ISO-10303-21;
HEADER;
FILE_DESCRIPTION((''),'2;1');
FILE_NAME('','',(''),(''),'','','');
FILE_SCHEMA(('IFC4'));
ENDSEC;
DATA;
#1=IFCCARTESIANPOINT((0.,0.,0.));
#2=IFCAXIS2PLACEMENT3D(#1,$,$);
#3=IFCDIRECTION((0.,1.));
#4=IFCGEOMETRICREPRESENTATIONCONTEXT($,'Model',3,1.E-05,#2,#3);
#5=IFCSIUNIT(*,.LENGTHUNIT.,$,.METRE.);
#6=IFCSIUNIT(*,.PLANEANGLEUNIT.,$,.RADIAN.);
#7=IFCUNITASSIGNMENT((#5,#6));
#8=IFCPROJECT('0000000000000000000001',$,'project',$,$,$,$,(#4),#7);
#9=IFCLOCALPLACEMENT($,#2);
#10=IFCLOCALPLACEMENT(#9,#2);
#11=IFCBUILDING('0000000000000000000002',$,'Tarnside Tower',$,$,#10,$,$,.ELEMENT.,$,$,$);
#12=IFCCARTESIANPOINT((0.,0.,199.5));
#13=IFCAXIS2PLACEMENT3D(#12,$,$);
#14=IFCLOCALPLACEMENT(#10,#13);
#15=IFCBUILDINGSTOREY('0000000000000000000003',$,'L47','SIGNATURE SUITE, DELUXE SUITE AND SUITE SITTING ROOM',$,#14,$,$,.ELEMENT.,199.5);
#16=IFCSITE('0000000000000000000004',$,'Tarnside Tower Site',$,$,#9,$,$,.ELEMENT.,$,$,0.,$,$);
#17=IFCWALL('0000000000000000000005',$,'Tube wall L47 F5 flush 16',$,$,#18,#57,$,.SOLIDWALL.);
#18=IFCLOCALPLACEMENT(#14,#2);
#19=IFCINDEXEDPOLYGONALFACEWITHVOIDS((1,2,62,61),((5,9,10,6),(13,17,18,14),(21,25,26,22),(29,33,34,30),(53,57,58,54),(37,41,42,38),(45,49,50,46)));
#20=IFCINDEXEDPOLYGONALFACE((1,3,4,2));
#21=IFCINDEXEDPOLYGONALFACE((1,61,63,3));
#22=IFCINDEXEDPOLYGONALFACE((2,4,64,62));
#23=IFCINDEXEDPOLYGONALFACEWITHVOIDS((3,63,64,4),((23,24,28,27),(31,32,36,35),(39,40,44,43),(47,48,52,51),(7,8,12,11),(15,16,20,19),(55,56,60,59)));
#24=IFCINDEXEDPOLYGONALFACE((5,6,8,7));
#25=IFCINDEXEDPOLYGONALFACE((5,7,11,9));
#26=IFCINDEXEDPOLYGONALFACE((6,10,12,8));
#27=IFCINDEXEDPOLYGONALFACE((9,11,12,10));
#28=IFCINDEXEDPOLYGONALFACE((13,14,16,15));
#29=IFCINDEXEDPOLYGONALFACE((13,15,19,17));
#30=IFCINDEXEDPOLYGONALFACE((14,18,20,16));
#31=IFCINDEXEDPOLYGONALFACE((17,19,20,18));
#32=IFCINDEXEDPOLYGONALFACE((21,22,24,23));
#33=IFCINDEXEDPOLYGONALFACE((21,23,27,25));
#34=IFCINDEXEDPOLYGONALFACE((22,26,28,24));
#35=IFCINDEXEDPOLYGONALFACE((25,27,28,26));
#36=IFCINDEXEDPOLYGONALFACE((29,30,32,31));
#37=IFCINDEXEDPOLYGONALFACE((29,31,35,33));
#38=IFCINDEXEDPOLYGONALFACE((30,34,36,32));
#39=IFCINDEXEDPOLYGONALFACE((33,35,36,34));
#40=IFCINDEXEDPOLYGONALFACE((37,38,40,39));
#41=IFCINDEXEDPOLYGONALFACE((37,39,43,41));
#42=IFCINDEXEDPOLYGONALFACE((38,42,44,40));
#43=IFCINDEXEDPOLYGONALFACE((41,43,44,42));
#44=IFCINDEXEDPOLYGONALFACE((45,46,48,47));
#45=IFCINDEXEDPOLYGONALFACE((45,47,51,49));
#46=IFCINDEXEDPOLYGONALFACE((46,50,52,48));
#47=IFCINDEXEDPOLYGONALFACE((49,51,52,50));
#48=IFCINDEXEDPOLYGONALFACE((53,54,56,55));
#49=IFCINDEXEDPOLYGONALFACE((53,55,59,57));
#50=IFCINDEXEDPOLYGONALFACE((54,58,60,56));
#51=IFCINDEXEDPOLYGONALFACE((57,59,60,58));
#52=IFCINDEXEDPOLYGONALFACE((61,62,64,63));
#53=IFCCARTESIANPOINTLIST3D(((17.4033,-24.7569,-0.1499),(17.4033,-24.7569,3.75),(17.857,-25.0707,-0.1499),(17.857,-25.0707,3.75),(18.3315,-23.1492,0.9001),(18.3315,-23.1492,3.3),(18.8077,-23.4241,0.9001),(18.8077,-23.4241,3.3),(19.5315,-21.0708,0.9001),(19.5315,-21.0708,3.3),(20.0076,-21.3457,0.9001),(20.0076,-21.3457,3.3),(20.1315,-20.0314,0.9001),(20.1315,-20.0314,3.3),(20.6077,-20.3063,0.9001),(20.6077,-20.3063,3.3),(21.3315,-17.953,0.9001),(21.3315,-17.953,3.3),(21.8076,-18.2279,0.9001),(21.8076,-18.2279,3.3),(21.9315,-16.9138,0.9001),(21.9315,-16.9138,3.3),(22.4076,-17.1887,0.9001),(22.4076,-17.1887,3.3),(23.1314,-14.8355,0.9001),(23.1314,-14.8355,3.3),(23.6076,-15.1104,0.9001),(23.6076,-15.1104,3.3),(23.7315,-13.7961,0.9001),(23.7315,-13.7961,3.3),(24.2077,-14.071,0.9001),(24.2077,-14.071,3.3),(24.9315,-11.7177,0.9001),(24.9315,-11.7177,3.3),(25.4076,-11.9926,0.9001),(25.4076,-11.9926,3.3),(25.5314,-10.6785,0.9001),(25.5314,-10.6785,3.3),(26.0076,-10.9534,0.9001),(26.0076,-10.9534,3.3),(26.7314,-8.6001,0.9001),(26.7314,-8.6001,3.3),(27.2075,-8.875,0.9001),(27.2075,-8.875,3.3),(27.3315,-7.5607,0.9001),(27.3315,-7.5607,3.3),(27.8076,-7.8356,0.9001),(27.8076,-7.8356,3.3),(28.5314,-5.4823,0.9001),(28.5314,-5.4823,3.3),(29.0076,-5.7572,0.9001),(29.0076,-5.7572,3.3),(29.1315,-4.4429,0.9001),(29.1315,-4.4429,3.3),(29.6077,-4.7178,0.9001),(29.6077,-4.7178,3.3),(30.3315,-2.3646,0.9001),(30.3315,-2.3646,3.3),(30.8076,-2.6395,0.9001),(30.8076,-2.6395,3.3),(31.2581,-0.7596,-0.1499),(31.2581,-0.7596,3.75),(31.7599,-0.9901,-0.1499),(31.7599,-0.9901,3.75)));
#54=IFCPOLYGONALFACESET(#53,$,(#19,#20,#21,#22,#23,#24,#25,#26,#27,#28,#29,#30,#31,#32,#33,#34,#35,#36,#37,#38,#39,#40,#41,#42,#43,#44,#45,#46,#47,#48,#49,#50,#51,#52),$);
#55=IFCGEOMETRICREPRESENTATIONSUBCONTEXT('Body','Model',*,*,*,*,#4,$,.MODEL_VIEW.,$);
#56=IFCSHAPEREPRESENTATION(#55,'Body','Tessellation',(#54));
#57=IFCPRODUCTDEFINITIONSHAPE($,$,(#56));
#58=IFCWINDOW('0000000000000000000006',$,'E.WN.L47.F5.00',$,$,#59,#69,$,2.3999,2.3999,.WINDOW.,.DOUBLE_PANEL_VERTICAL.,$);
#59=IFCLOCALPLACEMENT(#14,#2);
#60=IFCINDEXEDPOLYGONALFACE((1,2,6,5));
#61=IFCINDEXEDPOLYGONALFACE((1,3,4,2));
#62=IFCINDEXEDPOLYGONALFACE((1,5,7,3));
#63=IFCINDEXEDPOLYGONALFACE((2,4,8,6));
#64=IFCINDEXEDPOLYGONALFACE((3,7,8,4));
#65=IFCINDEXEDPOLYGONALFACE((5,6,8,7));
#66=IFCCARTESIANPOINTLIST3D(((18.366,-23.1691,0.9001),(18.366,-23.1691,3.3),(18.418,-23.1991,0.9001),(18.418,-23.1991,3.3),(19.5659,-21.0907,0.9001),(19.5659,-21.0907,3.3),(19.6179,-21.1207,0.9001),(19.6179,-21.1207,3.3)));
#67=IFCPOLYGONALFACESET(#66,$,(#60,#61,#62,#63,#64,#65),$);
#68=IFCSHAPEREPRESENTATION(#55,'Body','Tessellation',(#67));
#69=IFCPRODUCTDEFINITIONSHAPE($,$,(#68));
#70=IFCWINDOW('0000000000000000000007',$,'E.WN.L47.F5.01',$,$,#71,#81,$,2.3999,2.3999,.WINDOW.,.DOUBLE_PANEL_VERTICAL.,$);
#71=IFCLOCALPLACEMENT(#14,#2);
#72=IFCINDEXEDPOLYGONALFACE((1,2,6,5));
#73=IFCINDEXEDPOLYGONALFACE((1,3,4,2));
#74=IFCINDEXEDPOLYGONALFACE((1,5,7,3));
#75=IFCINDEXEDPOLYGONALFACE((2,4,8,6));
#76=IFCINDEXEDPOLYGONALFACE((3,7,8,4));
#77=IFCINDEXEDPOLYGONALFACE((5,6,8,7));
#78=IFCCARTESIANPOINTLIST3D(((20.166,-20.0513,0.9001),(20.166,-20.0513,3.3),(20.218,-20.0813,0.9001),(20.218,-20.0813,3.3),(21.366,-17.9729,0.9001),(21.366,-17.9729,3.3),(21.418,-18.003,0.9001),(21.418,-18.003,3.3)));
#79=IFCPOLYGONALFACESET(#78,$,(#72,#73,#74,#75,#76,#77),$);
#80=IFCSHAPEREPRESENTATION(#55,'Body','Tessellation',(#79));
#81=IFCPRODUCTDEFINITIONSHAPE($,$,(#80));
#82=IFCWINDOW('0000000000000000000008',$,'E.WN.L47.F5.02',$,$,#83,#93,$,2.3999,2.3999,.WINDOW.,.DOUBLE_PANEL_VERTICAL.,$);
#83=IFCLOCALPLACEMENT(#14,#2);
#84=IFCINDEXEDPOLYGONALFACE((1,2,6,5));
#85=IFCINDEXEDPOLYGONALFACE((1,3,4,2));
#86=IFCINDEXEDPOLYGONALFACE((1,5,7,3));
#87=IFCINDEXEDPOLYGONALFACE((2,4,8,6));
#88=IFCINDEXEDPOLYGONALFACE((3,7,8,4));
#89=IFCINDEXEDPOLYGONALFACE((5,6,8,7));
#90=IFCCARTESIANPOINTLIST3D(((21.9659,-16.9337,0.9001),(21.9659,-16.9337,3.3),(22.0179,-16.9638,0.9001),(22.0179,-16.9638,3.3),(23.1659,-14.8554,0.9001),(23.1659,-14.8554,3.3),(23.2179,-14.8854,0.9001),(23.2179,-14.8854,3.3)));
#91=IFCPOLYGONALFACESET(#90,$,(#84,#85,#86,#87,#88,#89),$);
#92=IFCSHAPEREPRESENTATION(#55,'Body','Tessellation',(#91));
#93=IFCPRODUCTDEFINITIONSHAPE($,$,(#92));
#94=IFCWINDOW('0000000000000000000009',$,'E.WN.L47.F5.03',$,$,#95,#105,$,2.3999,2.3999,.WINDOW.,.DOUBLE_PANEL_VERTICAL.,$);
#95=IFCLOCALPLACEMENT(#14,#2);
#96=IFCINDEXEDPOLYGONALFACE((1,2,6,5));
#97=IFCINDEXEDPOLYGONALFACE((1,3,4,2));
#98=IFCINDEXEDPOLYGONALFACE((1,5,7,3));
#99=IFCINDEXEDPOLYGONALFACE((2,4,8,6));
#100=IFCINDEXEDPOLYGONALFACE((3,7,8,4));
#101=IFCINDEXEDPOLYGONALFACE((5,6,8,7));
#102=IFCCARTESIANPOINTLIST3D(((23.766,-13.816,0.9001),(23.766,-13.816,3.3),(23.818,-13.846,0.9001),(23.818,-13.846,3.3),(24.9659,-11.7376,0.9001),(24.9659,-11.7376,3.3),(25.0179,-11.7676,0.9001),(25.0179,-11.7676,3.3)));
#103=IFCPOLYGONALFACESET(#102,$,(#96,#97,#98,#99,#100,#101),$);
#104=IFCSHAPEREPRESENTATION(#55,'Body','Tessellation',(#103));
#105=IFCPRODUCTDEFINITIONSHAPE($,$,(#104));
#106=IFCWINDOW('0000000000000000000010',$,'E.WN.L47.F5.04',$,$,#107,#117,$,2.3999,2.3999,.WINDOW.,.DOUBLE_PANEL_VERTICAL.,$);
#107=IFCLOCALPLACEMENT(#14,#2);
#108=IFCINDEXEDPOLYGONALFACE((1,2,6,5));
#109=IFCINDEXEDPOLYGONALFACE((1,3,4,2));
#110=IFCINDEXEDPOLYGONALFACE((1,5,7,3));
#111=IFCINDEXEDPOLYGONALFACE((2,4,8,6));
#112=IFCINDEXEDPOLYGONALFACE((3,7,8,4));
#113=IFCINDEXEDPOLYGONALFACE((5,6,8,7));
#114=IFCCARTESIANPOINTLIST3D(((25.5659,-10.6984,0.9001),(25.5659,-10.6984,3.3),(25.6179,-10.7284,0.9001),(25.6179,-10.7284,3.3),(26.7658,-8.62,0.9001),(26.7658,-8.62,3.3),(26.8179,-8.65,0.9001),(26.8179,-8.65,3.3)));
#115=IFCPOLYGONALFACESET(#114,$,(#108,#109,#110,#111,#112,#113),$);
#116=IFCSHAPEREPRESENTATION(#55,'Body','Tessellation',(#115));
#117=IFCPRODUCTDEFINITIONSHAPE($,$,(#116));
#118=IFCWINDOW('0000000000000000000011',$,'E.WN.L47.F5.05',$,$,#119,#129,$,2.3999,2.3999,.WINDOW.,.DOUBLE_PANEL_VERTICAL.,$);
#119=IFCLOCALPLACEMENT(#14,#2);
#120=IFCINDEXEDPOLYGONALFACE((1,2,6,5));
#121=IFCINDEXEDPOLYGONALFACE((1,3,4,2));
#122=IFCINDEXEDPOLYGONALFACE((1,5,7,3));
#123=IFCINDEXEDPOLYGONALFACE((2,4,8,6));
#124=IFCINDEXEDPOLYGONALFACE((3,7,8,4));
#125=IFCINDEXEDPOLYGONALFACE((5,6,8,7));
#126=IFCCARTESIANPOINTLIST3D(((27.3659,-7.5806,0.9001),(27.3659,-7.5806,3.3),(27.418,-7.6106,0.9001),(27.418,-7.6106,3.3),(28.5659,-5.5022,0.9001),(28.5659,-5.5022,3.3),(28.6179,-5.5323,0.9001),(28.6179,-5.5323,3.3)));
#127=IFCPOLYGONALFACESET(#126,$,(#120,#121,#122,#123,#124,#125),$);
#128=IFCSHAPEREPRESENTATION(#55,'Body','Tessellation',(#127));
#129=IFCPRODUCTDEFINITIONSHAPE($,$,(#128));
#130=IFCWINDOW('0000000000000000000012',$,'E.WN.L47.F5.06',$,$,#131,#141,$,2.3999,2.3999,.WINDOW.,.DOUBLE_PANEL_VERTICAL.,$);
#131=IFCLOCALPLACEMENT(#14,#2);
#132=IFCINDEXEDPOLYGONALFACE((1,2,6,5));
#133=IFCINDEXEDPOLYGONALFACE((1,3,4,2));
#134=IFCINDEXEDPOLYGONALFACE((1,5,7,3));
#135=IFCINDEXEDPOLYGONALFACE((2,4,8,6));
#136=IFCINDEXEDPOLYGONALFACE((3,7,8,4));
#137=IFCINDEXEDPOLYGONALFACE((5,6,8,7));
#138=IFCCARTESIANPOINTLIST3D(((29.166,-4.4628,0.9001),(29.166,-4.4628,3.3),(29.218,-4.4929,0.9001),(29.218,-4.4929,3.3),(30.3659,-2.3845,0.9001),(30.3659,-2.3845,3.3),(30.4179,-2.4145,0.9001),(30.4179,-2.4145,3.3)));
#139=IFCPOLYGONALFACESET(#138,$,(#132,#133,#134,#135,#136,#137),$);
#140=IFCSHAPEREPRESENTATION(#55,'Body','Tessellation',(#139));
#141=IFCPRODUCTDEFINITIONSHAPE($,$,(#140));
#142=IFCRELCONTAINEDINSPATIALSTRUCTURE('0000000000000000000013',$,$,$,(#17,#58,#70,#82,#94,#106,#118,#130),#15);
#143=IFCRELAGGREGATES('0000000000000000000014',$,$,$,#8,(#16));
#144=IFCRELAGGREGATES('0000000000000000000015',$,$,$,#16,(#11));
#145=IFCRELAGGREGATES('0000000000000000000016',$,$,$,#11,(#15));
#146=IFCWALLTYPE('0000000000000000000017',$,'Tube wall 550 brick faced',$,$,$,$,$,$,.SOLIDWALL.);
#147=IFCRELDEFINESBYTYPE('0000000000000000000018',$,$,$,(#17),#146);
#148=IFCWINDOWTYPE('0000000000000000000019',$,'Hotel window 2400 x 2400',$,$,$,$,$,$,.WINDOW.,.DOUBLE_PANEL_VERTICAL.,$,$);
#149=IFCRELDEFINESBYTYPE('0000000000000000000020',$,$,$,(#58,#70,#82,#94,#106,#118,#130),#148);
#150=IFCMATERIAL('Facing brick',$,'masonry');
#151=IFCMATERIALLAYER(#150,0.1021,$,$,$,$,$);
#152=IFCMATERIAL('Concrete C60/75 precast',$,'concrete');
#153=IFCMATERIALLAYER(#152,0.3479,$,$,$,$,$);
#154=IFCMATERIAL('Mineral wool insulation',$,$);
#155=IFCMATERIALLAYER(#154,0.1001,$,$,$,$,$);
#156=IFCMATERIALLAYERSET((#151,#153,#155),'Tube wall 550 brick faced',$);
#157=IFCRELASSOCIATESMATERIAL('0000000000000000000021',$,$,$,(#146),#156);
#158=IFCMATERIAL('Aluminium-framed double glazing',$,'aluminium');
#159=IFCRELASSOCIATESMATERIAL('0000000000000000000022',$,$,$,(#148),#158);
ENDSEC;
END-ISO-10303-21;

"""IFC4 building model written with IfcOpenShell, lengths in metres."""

from ifc_helpers import new_model, si_unit, direction, frame, frame_2d, origin, place, context, subcontext, project, spatial, polyline, rectangle, outline, extrude, material, layer, layer_set, type_object, element, fill, save


model = new_model("IFC4")

# Units and contexts
model_context = context("Model", 3, precision=1e-05, world=origin(), true_north=direction((0.0, 1.0)))
body_context = subcontext(model_context, "Body", "Model", "MODEL_VIEW")
ifc_project = project(units=[si_unit("LENGTHUNIT", "METRE"), si_unit("PLANEANGLEUNIT", "RADIAN")], contexts=[model_context])

# Site, building, storey
site_placement = place(None, origin())
site = spatial("IfcSite", under=ifc_project, at=site_placement, Name="Tarnside Tower Site", CompositionType="ELEMENT", RefElevation=0.0)
building_placement = place(site_placement, origin())
building = spatial("IfcBuilding", under=site, at=building_placement, Name="Tarnside Tower", CompositionType="ELEMENT")
storey_placement = place(building_placement, frame((0.0, 0.0, 199.5)))
storey = spatial("IfcBuildingStorey", under=building, at=storey_placement, Name="L47", Description="SIGNATURE SUITE, DELUXE SUITE AND SUITE SITTING ROOM", CompositionType="ELEMENT", Elevation=199.5)

# Shared definitions
ifc_material_1 = material(Name="Facing brick", Category="masonry")
ifc_layer_1 = layer(ifc_material_1, 0.1021)
ifc_material_2 = material(Name="Concrete C60/75 precast", Category="concrete")
ifc_layer_2 = layer(ifc_material_2, 0.3479)
ifc_material_3 = material(Name="Mineral wool insulation")
ifc_layer_3 = layer(ifc_material_3, 0.1001)
ifc_layer_set_1 = layer_set([ifc_layer_1, ifc_layer_2, ifc_layer_3], Name="Tube wall 550 brick faced")
wall_type_1 = type_object("IfcWallType", Name="Tube wall 550 brick faced", PredefinedType="SOLIDWALL", material=ifc_layer_set_1)

# Wall, openings, windows
wall_1_placement = place(storey_placement, frame((17.6301, -24.9138, -0.1499), z_axis=(0.0, 0.0, 1.0), x_axis=(0.499999, 0.866026, 0.0)))
wall_1 = element("IfcWall", 1, at=wall_1_placement, inside=storey, type_object=wall_type_1, Name="Tube wall L47 F5 flush 16", PredefinedType="SOLIDWALL", context=body_context, shape_type="SweptSolid", body=[
    extrude(outline(polyline([(-0.0225, -0.2749), (27.7834, -0.2749), (27.7322, 0.2749), (0.0225, 0.2749), (-0.0225, -0.2749)])), origin(), (0.0, 0.0, 1.0), 3.8999),
])
opening_1_placement = place(wall_1_placement, frame((1.8789, 0.0, 1.05)))
opening_1 = element("IfcOpeningElement", 2, at=opening_1_placement, cuts=wall_1, PredefinedType="OPENING", context=body_context, shape_type="SweptSolid", body=[
    extrude(rectangle(XDim=2.3999, YDim=2.3999, at=frame_2d((1.2, 1.2))), frame((0.0, 0.2852, 0.0), z_axis=(0.0, -1.0, 0.0), x_axis=(1.0, 0.0, 0.0)), (0.0, 0.0, 1.0), 0.5701),
])
opening_2_placement = place(wall_1_placement, frame((5.479, 0.0, 1.05)))
opening_2 = element("IfcOpeningElement", 3, at=opening_2_placement, cuts=wall_1, PredefinedType="OPENING", context=body_context, shape_type="SweptSolid", body=[
    extrude(rectangle(XDim=2.3999, YDim=2.3999, at=frame_2d((1.2, 1.2))), frame((0.0, 0.2852, 0.0), z_axis=(0.0, -1.0, 0.0), x_axis=(1.0, 0.0, 0.0)), (0.0, 0.0, 1.0), 0.5701),
])
opening_3_placement = place(wall_1_placement, frame((9.0789, 0.0, 1.05)))
opening_3 = element("IfcOpeningElement", 4, at=opening_3_placement, cuts=wall_1, PredefinedType="OPENING", context=body_context, shape_type="SweptSolid", body=[
    extrude(rectangle(XDim=2.3999, YDim=2.3999, at=frame_2d((1.2, 1.2))), frame((0.0, 0.2852, 0.0), z_axis=(0.0, -1.0, 0.0), x_axis=(1.0, 0.0, 0.0)), (0.0, 0.0, 1.0), 0.5701),
])
opening_4_placement = place(wall_1_placement, frame((12.679, 0.0, 1.05)))
opening_4 = element("IfcOpeningElement", 5, at=opening_4_placement, cuts=wall_1, PredefinedType="OPENING", context=body_context, shape_type="SweptSolid", body=[
    extrude(rectangle(XDim=2.3999, YDim=2.3999, at=frame_2d((1.2, 1.2))), frame((0.0, 0.2852, 0.0), z_axis=(0.0, -1.0, 0.0), x_axis=(1.0, 0.0, 0.0)), (0.0, 0.0, 1.0), 0.5701),
])
opening_5_placement = place(wall_1_placement, frame((16.2788, 0.0, 1.05)))
opening_5 = element("IfcOpeningElement", 6, at=opening_5_placement, cuts=wall_1, PredefinedType="OPENING", context=body_context, shape_type="SweptSolid", body=[
    extrude(rectangle(XDim=2.3999, YDim=2.3999, at=frame_2d((1.2, 1.2))), frame((0.0, 0.2852, 0.0), z_axis=(0.0, -1.0, 0.0), x_axis=(1.0, 0.0, 0.0)), (0.0, 0.0, 1.0), 0.5701),
])
opening_6_placement = place(wall_1_placement, frame((19.8789, 0.0, 1.05)))
opening_6 = element("IfcOpeningElement", 7, at=opening_6_placement, cuts=wall_1, PredefinedType="OPENING", context=body_context, shape_type="SweptSolid", body=[
    extrude(rectangle(XDim=2.3999, YDim=2.3999, at=frame_2d((1.2, 1.2))), frame((0.0, 0.2852, 0.0), z_axis=(0.0, -1.0, 0.0), x_axis=(1.0, 0.0, 0.0)), (0.0, 0.0, 1.0), 0.5701),
])
opening_7_placement = place(wall_1_placement, frame((23.479, 0.0, 1.05)))
opening_7 = element("IfcOpeningElement", 8, at=opening_7_placement, cuts=wall_1, PredefinedType="OPENING", context=body_context, shape_type="SweptSolid", body=[
    extrude(rectangle(XDim=2.3999, YDim=2.3999, at=frame_2d((1.2, 1.2))), frame((0.0, 0.2852, 0.0), z_axis=(0.0, -1.0, 0.0), x_axis=(1.0, 0.0, 0.0)), (0.0, 0.0, 1.0), 0.5701),
])
ifc_material_4 = material(Name="Aluminium-framed double glazing", Category="aluminium")
window_type = type_object("IfcWindowType", Name="Hotel window 2400 x 2400", PartitioningType="DOUBLE_PANEL_VERTICAL", PredefinedType="WINDOW", material=ifc_material_4)
window_1_placement = place(opening_1_placement, frame((0.0, 0.2051, 0.0)))
window_1 = element("IfcWindow", 9, at=window_1_placement, inside=storey, type_object=window_type, Name="E.WN.L47.F5.00", OverallHeight=2.3999, OverallWidth=2.3999, PartitioningType="DOUBLE_PANEL_VERTICAL", PredefinedType="WINDOW", context=body_context, shape_type="SweptSolid", body=[
    extrude(rectangle(XDim=2.3999, YDim=2.3999, at=frame_2d((1.2, 1.2))), frame((0.0, 0.03, 0.0), z_axis=(0.0, -1.0, 0.0), x_axis=(1.0, 0.0, 0.0)), (0.0, 0.0, 1.0), 0.0601),
])
fill(opening_1, window_1)
window_2_placement = place(opening_2_placement, frame((0.0, 0.2051, 0.0)))
window_2 = element("IfcWindow", 10, at=window_2_placement, inside=storey, type_object=window_type, Name="E.WN.L47.F5.01", OverallHeight=2.3999, OverallWidth=2.3999, PartitioningType="DOUBLE_PANEL_VERTICAL", PredefinedType="WINDOW", context=body_context, shape_type="SweptSolid", body=[
    extrude(rectangle(XDim=2.3999, YDim=2.3999, at=frame_2d((1.2, 1.2))), frame((0.0, 0.03, 0.0), z_axis=(0.0, -1.0, 0.0), x_axis=(1.0, 0.0, 0.0)), (0.0, 0.0, 1.0), 0.0601),
])
fill(opening_2, window_2)
window_3_placement = place(opening_3_placement, frame((0.0, 0.2051, 0.0)))
window_3 = element("IfcWindow", 11, at=window_3_placement, inside=storey, type_object=window_type, Name="E.WN.L47.F5.02", OverallHeight=2.3999, OverallWidth=2.3999, PartitioningType="DOUBLE_PANEL_VERTICAL", PredefinedType="WINDOW", context=body_context, shape_type="SweptSolid", body=[
    extrude(rectangle(XDim=2.3999, YDim=2.3999, at=frame_2d((1.2, 1.2))), frame((0.0, 0.03, 0.0), z_axis=(0.0, -1.0, 0.0), x_axis=(1.0, 0.0, 0.0)), (0.0, 0.0, 1.0), 0.0601),
])
fill(opening_3, window_3)
window_4_placement = place(opening_4_placement, frame((0.0, 0.2051, 0.0)))
window_4 = element("IfcWindow", 12, at=window_4_placement, inside=storey, type_object=window_type, Name="E.WN.L47.F5.03", OverallHeight=2.3999, OverallWidth=2.3999, PartitioningType="DOUBLE_PANEL_VERTICAL", PredefinedType="WINDOW", context=body_context, shape_type="SweptSolid", body=[
    extrude(rectangle(XDim=2.3999, YDim=2.3999, at=frame_2d((1.2, 1.2))), frame((0.0, 0.03, 0.0), z_axis=(0.0, -1.0, 0.0), x_axis=(1.0, 0.0, 0.0)), (0.0, 0.0, 1.0), 0.0601),
])
fill(opening_4, window_4)
window_5_placement = place(opening_5_placement, frame((0.0, 0.2051, 0.0)))
window_5 = element("IfcWindow", 13, at=window_5_placement, inside=storey, type_object=window_type, Name="E.WN.L47.F5.04", OverallHeight=2.3999, OverallWidth=2.3999, PartitioningType="DOUBLE_PANEL_VERTICAL", PredefinedType="WINDOW", context=body_context, shape_type="SweptSolid", body=[
    extrude(rectangle(XDim=2.3999, YDim=2.3999, at=frame_2d((1.2, 1.2))), frame((0.0, 0.03, 0.0), z_axis=(0.0, -1.0, 0.0), x_axis=(1.0, 0.0, 0.0)), (0.0, 0.0, 1.0), 0.0601),
])
fill(opening_5, window_5)
window_6_placement = place(opening_6_placement, frame((0.0, 0.2051, 0.0)))
window_6 = element("IfcWindow", 14, at=window_6_placement, inside=storey, type_object=window_type, Name="E.WN.L47.F5.05", OverallHeight=2.3999, OverallWidth=2.3999, PartitioningType="DOUBLE_PANEL_VERTICAL", PredefinedType="WINDOW", context=body_context, shape_type="SweptSolid", body=[
    extrude(rectangle(XDim=2.3999, YDim=2.3999, at=frame_2d((1.2, 1.2))), frame((0.0, 0.03, 0.0), z_axis=(0.0, -1.0, 0.0), x_axis=(1.0, 0.0, 0.0)), (0.0, 0.0, 1.0), 0.0601),
])
fill(opening_6, window_6)
window_7_placement = place(opening_7_placement, frame((0.0, 0.2051, 0.0)))
window_7 = element("IfcWindow", 15, at=window_7_placement, inside=storey, type_object=window_type, Name="E.WN.L47.F5.06", OverallHeight=2.3999, OverallWidth=2.3999, PartitioningType="DOUBLE_PANEL_VERTICAL", PredefinedType="WINDOW", context=body_context, shape_type="SweptSolid", body=[
    extrude(rectangle(XDim=2.3999, YDim=2.3999, at=frame_2d((1.2, 1.2))), frame((0.0, 0.03, 0.0), z_axis=(0.0, -1.0, 0.0), x_axis=(1.0, 0.0, 0.0)), (0.0, 0.0, 1.0), 0.0601),
])
fill(opening_7, window_7)

save(model, "model.ifc")
